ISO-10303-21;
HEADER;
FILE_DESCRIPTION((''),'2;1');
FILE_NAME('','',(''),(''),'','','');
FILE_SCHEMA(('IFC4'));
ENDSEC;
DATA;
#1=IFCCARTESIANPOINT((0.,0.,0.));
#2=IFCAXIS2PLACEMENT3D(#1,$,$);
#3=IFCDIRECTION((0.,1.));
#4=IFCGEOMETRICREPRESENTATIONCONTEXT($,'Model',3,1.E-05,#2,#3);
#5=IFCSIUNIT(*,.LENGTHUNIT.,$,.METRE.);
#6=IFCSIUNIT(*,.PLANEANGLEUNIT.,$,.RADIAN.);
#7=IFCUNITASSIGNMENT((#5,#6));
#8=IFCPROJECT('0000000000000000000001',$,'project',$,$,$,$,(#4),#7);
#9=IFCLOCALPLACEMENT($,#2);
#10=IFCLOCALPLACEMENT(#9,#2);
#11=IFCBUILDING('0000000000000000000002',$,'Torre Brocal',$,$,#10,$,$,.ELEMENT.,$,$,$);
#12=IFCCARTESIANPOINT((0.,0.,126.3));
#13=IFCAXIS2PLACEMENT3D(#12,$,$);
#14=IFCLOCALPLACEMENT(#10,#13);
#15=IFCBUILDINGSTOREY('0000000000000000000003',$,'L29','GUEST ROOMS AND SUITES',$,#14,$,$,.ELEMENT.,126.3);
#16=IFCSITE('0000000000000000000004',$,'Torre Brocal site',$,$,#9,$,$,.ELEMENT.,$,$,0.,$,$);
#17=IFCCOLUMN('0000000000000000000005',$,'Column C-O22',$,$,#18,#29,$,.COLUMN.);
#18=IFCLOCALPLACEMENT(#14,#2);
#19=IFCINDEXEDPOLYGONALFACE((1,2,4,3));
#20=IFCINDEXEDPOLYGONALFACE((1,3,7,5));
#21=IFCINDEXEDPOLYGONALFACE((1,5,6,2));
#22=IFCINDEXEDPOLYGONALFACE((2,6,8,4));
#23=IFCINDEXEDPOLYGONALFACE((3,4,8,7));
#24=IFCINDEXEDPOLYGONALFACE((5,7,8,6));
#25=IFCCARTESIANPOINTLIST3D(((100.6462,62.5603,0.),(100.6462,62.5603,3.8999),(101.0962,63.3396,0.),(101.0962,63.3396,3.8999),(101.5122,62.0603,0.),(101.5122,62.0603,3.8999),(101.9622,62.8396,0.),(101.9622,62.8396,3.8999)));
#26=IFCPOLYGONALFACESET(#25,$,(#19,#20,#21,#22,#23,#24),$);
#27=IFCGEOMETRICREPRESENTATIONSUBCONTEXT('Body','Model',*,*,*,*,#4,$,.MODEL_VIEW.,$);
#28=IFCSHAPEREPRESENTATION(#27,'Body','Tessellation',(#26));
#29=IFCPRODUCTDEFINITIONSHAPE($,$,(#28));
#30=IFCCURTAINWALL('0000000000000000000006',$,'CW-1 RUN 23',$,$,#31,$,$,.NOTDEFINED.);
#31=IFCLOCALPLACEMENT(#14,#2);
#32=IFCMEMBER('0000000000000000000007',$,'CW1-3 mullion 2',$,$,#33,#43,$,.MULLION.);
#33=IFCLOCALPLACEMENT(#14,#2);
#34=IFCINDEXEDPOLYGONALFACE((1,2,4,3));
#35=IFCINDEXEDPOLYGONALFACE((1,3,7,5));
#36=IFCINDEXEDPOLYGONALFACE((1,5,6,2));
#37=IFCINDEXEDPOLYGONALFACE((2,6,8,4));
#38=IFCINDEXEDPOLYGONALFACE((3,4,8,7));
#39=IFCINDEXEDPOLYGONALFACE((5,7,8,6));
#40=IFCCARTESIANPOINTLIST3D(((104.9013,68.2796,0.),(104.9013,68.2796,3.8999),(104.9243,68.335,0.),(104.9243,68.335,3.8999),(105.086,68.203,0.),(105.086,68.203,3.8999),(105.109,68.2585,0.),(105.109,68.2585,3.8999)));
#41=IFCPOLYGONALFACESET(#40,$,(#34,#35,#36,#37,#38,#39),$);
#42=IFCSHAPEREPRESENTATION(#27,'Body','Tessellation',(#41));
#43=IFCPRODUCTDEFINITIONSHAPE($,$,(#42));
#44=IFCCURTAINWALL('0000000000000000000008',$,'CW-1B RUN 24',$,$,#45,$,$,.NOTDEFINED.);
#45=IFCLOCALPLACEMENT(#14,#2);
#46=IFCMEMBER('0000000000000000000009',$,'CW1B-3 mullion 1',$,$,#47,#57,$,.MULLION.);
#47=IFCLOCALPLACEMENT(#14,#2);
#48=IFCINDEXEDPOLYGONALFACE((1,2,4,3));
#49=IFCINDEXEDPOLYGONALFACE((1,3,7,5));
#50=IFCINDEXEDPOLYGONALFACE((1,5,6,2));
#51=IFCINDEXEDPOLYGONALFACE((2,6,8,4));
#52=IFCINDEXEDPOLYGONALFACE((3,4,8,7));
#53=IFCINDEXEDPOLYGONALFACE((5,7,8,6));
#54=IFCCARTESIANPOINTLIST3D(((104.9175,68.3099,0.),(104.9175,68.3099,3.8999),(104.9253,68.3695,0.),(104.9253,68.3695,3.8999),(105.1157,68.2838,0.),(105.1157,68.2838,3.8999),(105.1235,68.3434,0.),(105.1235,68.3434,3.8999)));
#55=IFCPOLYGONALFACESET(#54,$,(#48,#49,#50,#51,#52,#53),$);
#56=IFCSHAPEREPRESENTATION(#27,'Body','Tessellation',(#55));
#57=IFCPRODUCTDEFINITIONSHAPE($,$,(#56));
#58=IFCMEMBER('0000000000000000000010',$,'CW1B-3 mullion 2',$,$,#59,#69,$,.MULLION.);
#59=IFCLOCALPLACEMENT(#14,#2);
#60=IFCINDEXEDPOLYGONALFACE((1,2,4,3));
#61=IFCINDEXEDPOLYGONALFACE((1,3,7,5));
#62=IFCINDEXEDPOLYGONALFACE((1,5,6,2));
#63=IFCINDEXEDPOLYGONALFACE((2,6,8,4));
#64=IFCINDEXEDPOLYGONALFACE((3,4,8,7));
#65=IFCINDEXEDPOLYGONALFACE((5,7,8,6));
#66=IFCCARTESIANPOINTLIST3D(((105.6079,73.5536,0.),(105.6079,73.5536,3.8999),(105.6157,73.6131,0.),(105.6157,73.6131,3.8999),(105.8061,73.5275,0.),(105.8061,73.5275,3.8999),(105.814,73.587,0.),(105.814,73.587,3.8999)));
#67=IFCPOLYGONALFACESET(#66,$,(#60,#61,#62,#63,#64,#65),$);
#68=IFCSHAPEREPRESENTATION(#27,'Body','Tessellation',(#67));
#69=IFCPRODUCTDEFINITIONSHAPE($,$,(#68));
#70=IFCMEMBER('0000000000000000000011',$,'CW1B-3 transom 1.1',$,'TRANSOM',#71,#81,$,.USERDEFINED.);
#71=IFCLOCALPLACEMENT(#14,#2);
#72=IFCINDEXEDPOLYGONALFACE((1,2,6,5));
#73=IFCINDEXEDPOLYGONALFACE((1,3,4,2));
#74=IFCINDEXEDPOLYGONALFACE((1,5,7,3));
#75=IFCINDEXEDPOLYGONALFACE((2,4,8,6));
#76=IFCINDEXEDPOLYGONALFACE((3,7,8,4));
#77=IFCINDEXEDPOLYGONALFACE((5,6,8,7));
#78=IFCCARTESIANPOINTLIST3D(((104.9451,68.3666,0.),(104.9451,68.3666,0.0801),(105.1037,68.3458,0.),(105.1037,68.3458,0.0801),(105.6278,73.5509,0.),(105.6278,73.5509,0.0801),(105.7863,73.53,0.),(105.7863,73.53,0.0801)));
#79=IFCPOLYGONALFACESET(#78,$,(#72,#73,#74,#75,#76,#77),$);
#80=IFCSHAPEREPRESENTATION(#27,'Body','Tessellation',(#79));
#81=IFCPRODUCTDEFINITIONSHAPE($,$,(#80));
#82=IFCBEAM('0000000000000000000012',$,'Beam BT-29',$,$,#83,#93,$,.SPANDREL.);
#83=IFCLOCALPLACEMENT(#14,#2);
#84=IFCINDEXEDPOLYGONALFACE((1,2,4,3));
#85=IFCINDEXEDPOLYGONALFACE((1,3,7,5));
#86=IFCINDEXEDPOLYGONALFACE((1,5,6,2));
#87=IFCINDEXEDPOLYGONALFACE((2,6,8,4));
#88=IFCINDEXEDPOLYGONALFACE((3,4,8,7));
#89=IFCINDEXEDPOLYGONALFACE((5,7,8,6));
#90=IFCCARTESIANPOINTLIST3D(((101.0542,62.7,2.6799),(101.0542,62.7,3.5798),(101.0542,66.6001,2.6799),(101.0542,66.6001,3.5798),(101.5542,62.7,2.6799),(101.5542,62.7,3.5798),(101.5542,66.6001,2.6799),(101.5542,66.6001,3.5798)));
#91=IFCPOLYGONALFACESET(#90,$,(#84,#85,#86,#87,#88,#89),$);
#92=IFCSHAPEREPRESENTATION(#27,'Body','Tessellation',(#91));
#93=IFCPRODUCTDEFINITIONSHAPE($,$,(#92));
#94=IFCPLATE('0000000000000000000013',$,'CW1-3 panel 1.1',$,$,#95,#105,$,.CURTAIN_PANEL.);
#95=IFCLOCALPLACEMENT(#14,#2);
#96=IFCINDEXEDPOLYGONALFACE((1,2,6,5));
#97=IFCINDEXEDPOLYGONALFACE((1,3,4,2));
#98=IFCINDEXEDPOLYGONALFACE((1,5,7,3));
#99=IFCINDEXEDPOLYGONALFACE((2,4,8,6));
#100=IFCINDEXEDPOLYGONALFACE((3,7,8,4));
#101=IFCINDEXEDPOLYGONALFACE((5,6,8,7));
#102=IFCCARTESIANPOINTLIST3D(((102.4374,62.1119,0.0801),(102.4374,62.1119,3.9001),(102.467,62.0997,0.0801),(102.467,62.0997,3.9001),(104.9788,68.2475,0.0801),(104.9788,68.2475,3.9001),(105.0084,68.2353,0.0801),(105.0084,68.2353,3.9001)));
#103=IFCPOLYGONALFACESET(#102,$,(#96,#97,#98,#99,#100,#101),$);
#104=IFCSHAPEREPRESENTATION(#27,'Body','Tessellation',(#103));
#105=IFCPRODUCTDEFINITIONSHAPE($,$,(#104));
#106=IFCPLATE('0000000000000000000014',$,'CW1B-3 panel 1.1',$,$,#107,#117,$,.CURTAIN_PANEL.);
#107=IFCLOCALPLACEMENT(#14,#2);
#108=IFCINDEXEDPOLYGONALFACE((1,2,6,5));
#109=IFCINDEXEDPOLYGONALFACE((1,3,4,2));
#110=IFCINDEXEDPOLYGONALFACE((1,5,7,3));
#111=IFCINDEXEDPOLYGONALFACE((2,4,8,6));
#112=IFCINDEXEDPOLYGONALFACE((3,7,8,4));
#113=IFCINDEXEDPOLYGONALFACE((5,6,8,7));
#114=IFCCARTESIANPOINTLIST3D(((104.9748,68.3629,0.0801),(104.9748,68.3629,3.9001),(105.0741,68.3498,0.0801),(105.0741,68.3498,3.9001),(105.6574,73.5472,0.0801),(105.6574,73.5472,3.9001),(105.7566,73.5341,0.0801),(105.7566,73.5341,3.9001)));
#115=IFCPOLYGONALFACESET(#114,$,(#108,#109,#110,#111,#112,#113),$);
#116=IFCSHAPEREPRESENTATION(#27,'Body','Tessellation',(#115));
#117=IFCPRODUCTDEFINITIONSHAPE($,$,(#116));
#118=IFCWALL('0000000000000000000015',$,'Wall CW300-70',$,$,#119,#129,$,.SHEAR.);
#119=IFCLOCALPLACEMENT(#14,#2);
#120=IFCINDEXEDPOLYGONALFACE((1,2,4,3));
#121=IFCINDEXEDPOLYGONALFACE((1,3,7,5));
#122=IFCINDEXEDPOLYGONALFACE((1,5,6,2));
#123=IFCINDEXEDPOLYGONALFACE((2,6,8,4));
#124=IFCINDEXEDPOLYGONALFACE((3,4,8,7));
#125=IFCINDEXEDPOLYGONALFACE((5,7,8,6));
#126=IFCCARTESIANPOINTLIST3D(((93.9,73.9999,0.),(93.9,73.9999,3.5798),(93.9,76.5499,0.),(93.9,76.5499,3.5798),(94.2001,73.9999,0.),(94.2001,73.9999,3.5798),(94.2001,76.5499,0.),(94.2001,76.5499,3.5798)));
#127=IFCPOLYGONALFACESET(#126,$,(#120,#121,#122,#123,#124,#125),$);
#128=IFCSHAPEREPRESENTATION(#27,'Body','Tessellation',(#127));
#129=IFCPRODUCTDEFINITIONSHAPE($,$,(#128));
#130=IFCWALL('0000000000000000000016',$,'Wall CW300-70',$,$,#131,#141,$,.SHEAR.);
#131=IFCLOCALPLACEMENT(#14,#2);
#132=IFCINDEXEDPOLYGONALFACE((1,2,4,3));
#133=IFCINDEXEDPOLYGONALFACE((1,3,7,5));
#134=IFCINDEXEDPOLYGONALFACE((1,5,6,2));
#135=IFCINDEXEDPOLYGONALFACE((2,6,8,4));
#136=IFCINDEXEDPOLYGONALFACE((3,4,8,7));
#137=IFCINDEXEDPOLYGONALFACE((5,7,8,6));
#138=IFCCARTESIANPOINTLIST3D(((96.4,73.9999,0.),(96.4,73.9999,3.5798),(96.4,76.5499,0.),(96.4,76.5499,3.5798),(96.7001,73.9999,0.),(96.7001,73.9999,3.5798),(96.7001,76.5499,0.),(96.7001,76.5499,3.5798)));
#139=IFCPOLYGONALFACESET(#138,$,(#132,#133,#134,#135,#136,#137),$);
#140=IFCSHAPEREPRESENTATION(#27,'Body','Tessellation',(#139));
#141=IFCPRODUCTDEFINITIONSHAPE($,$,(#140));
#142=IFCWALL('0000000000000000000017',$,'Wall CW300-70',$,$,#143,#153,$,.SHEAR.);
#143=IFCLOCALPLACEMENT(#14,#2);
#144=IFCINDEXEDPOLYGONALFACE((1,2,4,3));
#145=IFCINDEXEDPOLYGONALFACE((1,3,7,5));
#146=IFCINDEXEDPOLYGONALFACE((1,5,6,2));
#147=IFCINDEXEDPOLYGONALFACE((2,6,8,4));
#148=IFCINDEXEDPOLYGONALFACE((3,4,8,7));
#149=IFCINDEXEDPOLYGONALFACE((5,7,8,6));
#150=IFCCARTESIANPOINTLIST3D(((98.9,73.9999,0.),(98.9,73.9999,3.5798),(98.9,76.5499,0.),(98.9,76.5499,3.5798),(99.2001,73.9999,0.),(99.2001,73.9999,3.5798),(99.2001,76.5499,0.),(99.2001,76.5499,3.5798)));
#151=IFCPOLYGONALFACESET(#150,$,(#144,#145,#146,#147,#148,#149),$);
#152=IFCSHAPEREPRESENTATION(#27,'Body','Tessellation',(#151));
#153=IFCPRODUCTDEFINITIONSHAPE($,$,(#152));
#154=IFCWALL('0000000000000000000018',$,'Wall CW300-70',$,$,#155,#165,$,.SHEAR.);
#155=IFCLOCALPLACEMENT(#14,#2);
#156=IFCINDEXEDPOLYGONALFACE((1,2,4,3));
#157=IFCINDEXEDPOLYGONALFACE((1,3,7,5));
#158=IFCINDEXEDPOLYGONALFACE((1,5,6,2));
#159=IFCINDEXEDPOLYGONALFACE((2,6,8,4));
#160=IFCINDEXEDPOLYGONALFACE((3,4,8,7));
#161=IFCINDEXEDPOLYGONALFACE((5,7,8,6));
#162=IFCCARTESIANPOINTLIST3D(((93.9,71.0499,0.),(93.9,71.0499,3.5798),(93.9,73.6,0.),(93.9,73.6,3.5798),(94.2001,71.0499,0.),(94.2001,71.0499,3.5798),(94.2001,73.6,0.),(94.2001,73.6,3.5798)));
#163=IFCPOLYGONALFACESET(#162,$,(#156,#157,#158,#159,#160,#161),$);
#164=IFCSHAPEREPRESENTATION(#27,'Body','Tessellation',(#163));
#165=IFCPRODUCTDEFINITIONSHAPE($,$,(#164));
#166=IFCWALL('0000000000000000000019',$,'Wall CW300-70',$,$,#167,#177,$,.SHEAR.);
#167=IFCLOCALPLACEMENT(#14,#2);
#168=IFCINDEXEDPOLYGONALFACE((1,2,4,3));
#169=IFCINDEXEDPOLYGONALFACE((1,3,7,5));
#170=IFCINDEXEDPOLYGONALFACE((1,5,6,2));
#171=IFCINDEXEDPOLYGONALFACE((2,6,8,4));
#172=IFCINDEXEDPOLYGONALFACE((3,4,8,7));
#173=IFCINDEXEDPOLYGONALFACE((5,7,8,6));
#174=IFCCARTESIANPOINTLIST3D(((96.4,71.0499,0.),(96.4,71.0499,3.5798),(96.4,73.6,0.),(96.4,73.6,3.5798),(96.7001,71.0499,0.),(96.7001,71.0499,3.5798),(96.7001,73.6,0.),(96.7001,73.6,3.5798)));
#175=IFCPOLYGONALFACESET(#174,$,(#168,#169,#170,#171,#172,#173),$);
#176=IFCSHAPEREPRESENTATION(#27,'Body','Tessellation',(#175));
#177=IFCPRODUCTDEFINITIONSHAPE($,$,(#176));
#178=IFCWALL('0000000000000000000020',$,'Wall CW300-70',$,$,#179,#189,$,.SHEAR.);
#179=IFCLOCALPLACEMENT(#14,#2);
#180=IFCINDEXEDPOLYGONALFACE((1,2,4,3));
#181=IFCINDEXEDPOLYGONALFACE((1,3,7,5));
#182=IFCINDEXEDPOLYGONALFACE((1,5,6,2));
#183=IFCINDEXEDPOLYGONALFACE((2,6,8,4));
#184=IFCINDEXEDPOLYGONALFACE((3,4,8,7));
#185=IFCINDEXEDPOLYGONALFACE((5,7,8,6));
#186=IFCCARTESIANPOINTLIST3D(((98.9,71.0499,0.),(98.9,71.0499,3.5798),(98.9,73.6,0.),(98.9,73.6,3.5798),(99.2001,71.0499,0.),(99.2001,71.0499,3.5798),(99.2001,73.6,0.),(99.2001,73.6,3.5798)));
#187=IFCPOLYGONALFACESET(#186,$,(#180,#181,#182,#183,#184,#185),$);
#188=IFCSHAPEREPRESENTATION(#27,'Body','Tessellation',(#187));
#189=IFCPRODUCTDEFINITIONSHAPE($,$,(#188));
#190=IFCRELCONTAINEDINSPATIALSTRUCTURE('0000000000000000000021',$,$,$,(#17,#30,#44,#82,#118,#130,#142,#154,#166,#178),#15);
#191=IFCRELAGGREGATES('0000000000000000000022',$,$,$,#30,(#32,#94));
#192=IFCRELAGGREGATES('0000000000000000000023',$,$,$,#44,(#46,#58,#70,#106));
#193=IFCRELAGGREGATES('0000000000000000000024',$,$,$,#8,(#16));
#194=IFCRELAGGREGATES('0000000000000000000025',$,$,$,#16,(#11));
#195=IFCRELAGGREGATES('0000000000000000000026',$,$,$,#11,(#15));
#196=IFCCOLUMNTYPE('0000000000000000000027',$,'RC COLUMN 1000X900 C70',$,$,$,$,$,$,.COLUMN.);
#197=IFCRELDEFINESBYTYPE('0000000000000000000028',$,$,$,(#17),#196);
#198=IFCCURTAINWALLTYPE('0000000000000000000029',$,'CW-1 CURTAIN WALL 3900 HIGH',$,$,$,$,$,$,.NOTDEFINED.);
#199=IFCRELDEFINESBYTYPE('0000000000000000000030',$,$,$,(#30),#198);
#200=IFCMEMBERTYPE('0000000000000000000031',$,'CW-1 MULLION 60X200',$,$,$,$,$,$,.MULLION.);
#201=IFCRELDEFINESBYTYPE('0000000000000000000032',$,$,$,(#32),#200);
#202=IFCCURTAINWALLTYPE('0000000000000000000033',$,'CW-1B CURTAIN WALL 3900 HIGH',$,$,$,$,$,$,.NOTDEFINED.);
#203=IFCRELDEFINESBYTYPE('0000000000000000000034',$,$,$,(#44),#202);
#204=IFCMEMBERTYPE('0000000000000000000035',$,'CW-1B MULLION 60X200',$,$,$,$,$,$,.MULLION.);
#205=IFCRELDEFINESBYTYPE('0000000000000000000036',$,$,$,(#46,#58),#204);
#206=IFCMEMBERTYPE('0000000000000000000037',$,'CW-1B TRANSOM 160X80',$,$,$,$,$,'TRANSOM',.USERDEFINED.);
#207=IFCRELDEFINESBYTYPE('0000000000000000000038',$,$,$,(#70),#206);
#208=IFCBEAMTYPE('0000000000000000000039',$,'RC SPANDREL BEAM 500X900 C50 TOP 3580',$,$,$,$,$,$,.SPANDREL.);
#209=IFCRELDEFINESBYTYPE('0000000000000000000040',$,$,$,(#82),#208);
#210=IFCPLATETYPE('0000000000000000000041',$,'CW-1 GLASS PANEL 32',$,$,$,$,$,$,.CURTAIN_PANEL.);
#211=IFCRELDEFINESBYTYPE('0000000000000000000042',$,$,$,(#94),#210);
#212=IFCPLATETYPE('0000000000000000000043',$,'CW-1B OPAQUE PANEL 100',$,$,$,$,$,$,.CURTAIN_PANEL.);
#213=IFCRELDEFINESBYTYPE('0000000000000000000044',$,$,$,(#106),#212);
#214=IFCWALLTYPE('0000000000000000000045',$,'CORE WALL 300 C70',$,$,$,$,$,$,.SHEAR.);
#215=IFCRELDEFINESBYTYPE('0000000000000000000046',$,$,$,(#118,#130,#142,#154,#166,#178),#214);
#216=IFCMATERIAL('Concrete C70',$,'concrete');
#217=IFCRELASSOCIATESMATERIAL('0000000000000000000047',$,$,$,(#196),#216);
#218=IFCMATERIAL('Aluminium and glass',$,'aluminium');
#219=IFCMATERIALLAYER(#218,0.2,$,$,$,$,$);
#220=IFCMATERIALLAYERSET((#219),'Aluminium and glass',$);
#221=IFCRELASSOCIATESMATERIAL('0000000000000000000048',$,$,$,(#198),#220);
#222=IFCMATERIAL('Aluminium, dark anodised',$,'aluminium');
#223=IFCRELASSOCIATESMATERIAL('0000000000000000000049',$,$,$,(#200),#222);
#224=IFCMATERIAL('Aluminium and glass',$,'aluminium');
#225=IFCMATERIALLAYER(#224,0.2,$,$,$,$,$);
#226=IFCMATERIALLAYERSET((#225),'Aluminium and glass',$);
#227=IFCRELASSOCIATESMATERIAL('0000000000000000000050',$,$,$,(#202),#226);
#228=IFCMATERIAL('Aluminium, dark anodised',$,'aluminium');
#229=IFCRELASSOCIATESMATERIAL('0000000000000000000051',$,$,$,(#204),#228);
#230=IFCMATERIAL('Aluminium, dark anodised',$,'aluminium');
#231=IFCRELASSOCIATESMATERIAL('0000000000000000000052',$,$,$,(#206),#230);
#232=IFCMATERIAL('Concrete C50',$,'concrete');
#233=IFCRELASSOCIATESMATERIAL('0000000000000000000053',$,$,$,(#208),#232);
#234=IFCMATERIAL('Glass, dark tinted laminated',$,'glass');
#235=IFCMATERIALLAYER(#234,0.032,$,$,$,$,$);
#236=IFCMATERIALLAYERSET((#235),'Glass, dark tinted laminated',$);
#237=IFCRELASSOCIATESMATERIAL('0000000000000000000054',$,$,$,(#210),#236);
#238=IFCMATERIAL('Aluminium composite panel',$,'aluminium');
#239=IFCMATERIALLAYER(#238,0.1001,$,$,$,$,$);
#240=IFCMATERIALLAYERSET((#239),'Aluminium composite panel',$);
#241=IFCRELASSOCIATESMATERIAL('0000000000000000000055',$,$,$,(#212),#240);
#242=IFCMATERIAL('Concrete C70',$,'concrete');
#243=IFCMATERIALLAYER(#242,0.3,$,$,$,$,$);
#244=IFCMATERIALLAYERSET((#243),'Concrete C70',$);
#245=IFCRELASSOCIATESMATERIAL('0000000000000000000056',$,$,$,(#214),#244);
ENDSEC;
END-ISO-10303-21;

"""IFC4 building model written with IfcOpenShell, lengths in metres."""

from ifc_helpers import new_model, si_unit, direction, frame, frame_2d, origin, origin_2d, place, context, subcontext, project, spatial, rectangle, extrude, material, layer, layer_set, material_profile, profile_set, type_object, element, aggregate, save


model = new_model("IFC4")

# Units and contexts
model_context = context("Model", 3, precision=1e-05, world=origin(), true_north=direction((0.0, 1.0)))
body_context = subcontext(model_context, "Body", "Model", "MODEL_VIEW")
ifc_project = project(units=[si_unit("LENGTHUNIT", "METRE"), si_unit("PLANEANGLEUNIT", "RADIAN")], contexts=[model_context])

# Site, building, storey
site_placement = place(None, origin())
site = spatial("IfcSite", under=ifc_project, at=site_placement, Name="Torre Brocal site", CompositionType="ELEMENT", RefElevation=0.0)
building_placement = place(site_placement, origin())
building = spatial("IfcBuilding", under=site, at=building_placement, Name="Torre Brocal", CompositionType="ELEMENT")
storey_placement = place(building_placement, frame((0.0, 0.0, 126.3)))
storey = spatial("IfcBuildingStorey", under=building, at=storey_placement, Name="L29", Description="GUEST ROOMS AND SUITES", CompositionType="ELEMENT", Elevation=126.3)

# Column
ifc_material_1 = material(Name="Concrete C70", Category="concrete")
ifc_material_profile_1 = material_profile(ifc_material_1, rectangle(XDim=1.0, YDim=0.8999, at=origin_2d()), Name="RC 1000X900")
ifc_profile_set_1 = profile_set([ifc_material_profile_1], Name="Concrete C70")
column_type = type_object("IfcColumnType", Name="RC COLUMN 1000X900 C70", PredefinedType="COLUMN", material=ifc_profile_set_1)
column_placement = place(storey_placement, frame((101.3042, 62.7, 0.0), z_axis=(0.0, 0.0, 1.0), x_axis=(0.866025, -0.5, 0.0)))
element("IfcColumn", 1, at=column_placement, inside=storey, type_object=column_type, Name="Column C-O22", PredefinedType="COLUMN", context=body_context, shape_type="SweptSolid", body=[
    extrude(rectangle(XDim=1.0, YDim=0.8999, at=origin_2d()), origin(), (0.0, 0.0, 1.0), 3.8999),
])

# Curtain wall, member
ifc_material_2 = material(Name="Aluminium and glass", Category="aluminium")
ifc_layer_1 = layer(ifc_material_2, 0.2)
ifc_layer_set_1 = layer_set([ifc_layer_1], Name="Aluminium and glass")
curtain_wall_type_1 = type_object("IfcCurtainWallType", Name="CW-1 CURTAIN WALL 3900 HIGH", PredefinedType="NOTDEFINED", material=ifc_layer_set_1)
curtain_wall_1_placement = place(storey_placement, origin())
curtain_wall_1 = element("IfcCurtainWall", 2, at=curtain_wall_1_placement, inside=storey, type_object=curtain_wall_type_1, Name="CW-1 RUN 23", PredefinedType="NOTDEFINED")
ifc_material_3 = material(Name="Aluminium, dark anodised", Category="aluminium")
ifc_material_profile_2 = material_profile(ifc_material_3, rectangle(XDim=0.2, YDim=0.0601, at=origin_2d()), Name="CW-1 MULLION 60X200")
ifc_profile_set_2 = profile_set([ifc_material_profile_2], Name="Aluminium, dark anodised")
member_type_1 = type_object("IfcMemberType", Name="CW-1 MULLION 60X200", PredefinedType="MULLION", material=ifc_profile_set_2)
member_1_placement = place(storey_placement, frame((105.0051, 68.269, 0.0), z_axis=(0.0, 0.0, 1.0), x_axis=(-0.92388, 0.382683, 0.0)))
member_1 = element("IfcMember", 3, at=member_1_placement, type_object=member_type_1, Name="CW1-3 mullion 2", PredefinedType="MULLION", context=body_context, shape_type="SweptSolid", body=[
    extrude(rectangle(XDim=0.2, YDim=0.0601, at=origin_2d()), origin(), (0.0, 0.0, 1.0), 3.8999),
])

# Curtain wall, members
ifc_material_4 = material(Name="Aluminium and glass", Category="aluminium")
ifc_layer_2 = layer(ifc_material_4, 0.2)
ifc_layer_set_2 = layer_set([ifc_layer_2], Name="Aluminium and glass")
curtain_wall_type_2 = type_object("IfcCurtainWallType", Name="CW-1B CURTAIN WALL 3900 HIGH", PredefinedType="NOTDEFINED", material=ifc_layer_set_2)
curtain_wall_2_placement = place(storey_placement, origin())
curtain_wall_2 = element("IfcCurtainWall", 4, at=curtain_wall_2_placement, inside=storey, type_object=curtain_wall_type_2, Name="CW-1B RUN 24", PredefinedType="NOTDEFINED")
ifc_material_5 = material(Name="Aluminium, dark anodised", Category="aluminium")
ifc_material_profile_3 = material_profile(ifc_material_5, rectangle(XDim=0.2, YDim=0.0601, at=origin_2d()), Name="CW-1B MULLION 60X200")
ifc_profile_set_3 = profile_set([ifc_material_profile_3], Name="Aluminium, dark anodised")
member_type_2 = type_object("IfcMemberType", Name="CW-1B MULLION 60X200", PredefinedType="MULLION", material=ifc_profile_set_3)
member_2_placement = place(storey_placement, frame((105.0205, 68.3267, 0.0), z_axis=(0.0, 0.0, 1.0), x_axis=(-0.991445, 0.130526, 0.0)))
member_2 = element("IfcMember", 5, at=member_2_placement, type_object=member_type_2, Name="CW1B-3 mullion 1", PredefinedType="MULLION", context=body_context, shape_type="SweptSolid", body=[
    extrude(rectangle(XDim=0.2, YDim=0.0601, at=origin_2d()), origin(), (0.0, 0.0, 1.0), 3.8999),
])
member_3_placement = place(storey_placement, frame((105.7109, 73.5703, 0.0), z_axis=(0.0, 0.0, 1.0), x_axis=(-0.991445, 0.130526, 0.0)))
member_3 = element("IfcMember", 6, at=member_3_placement, type_object=member_type_2, Name="CW1B-3 mullion 2", PredefinedType="MULLION", context=body_context, shape_type="SweptSolid", body=[
    extrude(rectangle(XDim=0.2, YDim=0.0601, at=origin_2d()), origin(), (0.0, 0.0, 1.0), 3.8999),
])
ifc_material_6 = material(Name="Aluminium, dark anodised", Category="aluminium")
ifc_material_profile_4 = material_profile(ifc_material_6, rectangle(XDim=0.1599, YDim=0.0801, at=origin_2d()), Name="CW-1B TRANSOM 160X80")
ifc_profile_set_4 = profile_set([ifc_material_profile_4], Name="Aluminium, dark anodised")
member_type_3 = type_object("IfcMemberType", Name="CW-1B TRANSOM 160X80", ElementType="TRANSOM", PredefinedType="USERDEFINED", material=ifc_profile_set_4)
member_4_placement = place(storey_placement, frame((105.0244, 68.3562, 0.04), z_axis=(0.130543, 0.991443, 0.0), x_axis=(-0.991443, 0.130543, 0.0)))
member_4 = element("IfcMember", 7, at=member_4_placement, type_object=member_type_3, Name="CW1B-3 transom 1.1", ObjectType="TRANSOM", PredefinedType="USERDEFINED", context=body_context, shape_type="SweptSolid", body=[
    extrude(rectangle(XDim=0.1599, YDim=0.0801, at=origin_2d()), origin(), (0.0, 0.0, 1.0), 5.229),
])

# Beam
ifc_material_7 = material(Name="Concrete C50", Category="concrete")
ifc_material_profile_5 = material_profile(ifc_material_7, rectangle(XDim=0.5, YDim=0.8999, at=origin_2d()), Name="RC 500X900")
ifc_profile_set_5 = profile_set([ifc_material_profile_5], Name="Concrete C50")
beam_type = type_object("IfcBeamType", Name="RC SPANDREL BEAM 500X900 C50 TOP 3580", PredefinedType="SPANDREL", material=ifc_profile_set_5)
beam_placement = place(storey_placement, frame((101.3042, 62.7, 3.1299), z_axis=(0.0, 1.0, 0.0), x_axis=(-1.0, 0.0, 0.0)))
element("IfcBeam", 8, at=beam_placement, inside=storey, type_object=beam_type, Name="Beam BT-29", PredefinedType="SPANDREL", context=body_context, shape_type="SweptSolid", body=[
    extrude(rectangle(XDim=0.5, YDim=0.8999, at=origin_2d()), origin(), (0.0, 0.0, 1.0), 3.9001),
])

# Plates
ifc_material_8 = material(Name="Glass, dark tinted laminated", Category="glass")
ifc_layer_3 = layer(ifc_material_8, 0.032)
ifc_layer_set_3 = layer_set([ifc_layer_3], Name="Glass, dark tinted laminated")
plate_type_1 = type_object("IfcPlateType", Name="CW-1 GLASS PANEL 32", PredefinedType="CURTAIN_PANEL", material=ifc_layer_set_3)
plate_1_placement = place(storey_placement, frame((103.7229, 65.1736, 0.0801), z_axis=(0.0, 0.0, 1.0), x_axis=(0.382683, 0.92388, 0.0)))
plate_1 = element("IfcPlate", 9, at=plate_1_placement, type_object=plate_type_1, Name="CW1-3 panel 1.1", PredefinedType="CURTAIN_PANEL", context=body_context, shape_type="SweptSolid", body=[
    extrude(rectangle(XDim=6.6411, YDim=0.032, at=origin_2d()), origin(), (0.0, 0.0, 1.0), 3.8201),
])
aggregate(curtain_wall_1, [member_1, plate_1])
ifc_material_9 = material(Name="Aluminium composite panel", Category="aluminium")
ifc_layer_4 = layer(ifc_material_9, 0.1001)
ifc_layer_set_4 = layer_set([ifc_layer_4], Name="Aluminium composite panel")
plate_type_2 = type_object("IfcPlateType", Name="CW-1B OPAQUE PANEL 100", PredefinedType="CURTAIN_PANEL", material=ifc_layer_set_4)
plate_2_placement = place(storey_placement, frame((105.3657, 70.9485, 0.0801), z_axis=(0.0, 0.0, 1.0), x_axis=(0.130526, 0.991445, 0.0)))
plate_2 = element("IfcPlate", 10, at=plate_2_placement, type_object=plate_type_2, Name="CW1B-3 panel 1.1", PredefinedType="CURTAIN_PANEL", context=body_context, shape_type="SweptSolid", body=[
    extrude(rectangle(XDim=5.229, YDim=0.1001, at=origin_2d()), origin(), (0.0, 0.0, 1.0), 3.8201),
])
aggregate(curtain_wall_2, [member_2, member_3, member_4, plate_2])

# Walls
ifc_material_10 = material(Name="Concrete C70", Category="concrete")
ifc_layer_5 = layer(ifc_material_10, 0.3)
ifc_layer_set_5 = layer_set([ifc_layer_5], Name="Concrete C70")
wall_type_1 = type_object("IfcWallType", Name="CORE WALL 300 C70", PredefinedType="SHEAR", material=ifc_layer_set_5)
for number, where, z_axis, x_axis, name in (
    (11, (94.05, 74.0, 0.0), (0.0, 0.0, 1.0), (0.0, 1.0, 0.0), "Wall CW300-70"),
    (12, (96.55, 74.0, 0.0), (0.0, 0.0, 1.0), (0.0, 1.0, 0.0), "Wall CW300-70"),
    (13, (99.05, 74.0, 0.0), (0.0, 0.0, 1.0), (0.0, 1.0, 0.0), "Wall CW300-70"),
    (14, (94.05, 71.05, 0.0), (0.0, 0.0, 1.0), (0.0, 1.0, 0.0), "Wall CW300-70"),
    (15, (96.55, 71.05, 0.0), (0.0, 0.0, 1.0), (0.0, 1.0, 0.0), "Wall CW300-70"),
    (16, (99.05, 71.05, 0.0), (0.0, 0.0, 1.0), (0.0, 1.0, 0.0), "Wall CW300-70"),
):
    element("IfcWall", number, at=place(storey_placement, frame(where, z_axis=z_axis, x_axis=x_axis)), inside=storey, type_object=wall_type_1, Name=name, PredefinedType="SHEAR", context=body_context, shape_type="SweptSolid", body=[
        extrude(rectangle(XDim=2.55, YDim=0.3, at=frame_2d((1.2749, 0.0))), origin(), (0.0, 0.0, 1.0), 3.5798),
    ])

save(model, "model.ifc")
